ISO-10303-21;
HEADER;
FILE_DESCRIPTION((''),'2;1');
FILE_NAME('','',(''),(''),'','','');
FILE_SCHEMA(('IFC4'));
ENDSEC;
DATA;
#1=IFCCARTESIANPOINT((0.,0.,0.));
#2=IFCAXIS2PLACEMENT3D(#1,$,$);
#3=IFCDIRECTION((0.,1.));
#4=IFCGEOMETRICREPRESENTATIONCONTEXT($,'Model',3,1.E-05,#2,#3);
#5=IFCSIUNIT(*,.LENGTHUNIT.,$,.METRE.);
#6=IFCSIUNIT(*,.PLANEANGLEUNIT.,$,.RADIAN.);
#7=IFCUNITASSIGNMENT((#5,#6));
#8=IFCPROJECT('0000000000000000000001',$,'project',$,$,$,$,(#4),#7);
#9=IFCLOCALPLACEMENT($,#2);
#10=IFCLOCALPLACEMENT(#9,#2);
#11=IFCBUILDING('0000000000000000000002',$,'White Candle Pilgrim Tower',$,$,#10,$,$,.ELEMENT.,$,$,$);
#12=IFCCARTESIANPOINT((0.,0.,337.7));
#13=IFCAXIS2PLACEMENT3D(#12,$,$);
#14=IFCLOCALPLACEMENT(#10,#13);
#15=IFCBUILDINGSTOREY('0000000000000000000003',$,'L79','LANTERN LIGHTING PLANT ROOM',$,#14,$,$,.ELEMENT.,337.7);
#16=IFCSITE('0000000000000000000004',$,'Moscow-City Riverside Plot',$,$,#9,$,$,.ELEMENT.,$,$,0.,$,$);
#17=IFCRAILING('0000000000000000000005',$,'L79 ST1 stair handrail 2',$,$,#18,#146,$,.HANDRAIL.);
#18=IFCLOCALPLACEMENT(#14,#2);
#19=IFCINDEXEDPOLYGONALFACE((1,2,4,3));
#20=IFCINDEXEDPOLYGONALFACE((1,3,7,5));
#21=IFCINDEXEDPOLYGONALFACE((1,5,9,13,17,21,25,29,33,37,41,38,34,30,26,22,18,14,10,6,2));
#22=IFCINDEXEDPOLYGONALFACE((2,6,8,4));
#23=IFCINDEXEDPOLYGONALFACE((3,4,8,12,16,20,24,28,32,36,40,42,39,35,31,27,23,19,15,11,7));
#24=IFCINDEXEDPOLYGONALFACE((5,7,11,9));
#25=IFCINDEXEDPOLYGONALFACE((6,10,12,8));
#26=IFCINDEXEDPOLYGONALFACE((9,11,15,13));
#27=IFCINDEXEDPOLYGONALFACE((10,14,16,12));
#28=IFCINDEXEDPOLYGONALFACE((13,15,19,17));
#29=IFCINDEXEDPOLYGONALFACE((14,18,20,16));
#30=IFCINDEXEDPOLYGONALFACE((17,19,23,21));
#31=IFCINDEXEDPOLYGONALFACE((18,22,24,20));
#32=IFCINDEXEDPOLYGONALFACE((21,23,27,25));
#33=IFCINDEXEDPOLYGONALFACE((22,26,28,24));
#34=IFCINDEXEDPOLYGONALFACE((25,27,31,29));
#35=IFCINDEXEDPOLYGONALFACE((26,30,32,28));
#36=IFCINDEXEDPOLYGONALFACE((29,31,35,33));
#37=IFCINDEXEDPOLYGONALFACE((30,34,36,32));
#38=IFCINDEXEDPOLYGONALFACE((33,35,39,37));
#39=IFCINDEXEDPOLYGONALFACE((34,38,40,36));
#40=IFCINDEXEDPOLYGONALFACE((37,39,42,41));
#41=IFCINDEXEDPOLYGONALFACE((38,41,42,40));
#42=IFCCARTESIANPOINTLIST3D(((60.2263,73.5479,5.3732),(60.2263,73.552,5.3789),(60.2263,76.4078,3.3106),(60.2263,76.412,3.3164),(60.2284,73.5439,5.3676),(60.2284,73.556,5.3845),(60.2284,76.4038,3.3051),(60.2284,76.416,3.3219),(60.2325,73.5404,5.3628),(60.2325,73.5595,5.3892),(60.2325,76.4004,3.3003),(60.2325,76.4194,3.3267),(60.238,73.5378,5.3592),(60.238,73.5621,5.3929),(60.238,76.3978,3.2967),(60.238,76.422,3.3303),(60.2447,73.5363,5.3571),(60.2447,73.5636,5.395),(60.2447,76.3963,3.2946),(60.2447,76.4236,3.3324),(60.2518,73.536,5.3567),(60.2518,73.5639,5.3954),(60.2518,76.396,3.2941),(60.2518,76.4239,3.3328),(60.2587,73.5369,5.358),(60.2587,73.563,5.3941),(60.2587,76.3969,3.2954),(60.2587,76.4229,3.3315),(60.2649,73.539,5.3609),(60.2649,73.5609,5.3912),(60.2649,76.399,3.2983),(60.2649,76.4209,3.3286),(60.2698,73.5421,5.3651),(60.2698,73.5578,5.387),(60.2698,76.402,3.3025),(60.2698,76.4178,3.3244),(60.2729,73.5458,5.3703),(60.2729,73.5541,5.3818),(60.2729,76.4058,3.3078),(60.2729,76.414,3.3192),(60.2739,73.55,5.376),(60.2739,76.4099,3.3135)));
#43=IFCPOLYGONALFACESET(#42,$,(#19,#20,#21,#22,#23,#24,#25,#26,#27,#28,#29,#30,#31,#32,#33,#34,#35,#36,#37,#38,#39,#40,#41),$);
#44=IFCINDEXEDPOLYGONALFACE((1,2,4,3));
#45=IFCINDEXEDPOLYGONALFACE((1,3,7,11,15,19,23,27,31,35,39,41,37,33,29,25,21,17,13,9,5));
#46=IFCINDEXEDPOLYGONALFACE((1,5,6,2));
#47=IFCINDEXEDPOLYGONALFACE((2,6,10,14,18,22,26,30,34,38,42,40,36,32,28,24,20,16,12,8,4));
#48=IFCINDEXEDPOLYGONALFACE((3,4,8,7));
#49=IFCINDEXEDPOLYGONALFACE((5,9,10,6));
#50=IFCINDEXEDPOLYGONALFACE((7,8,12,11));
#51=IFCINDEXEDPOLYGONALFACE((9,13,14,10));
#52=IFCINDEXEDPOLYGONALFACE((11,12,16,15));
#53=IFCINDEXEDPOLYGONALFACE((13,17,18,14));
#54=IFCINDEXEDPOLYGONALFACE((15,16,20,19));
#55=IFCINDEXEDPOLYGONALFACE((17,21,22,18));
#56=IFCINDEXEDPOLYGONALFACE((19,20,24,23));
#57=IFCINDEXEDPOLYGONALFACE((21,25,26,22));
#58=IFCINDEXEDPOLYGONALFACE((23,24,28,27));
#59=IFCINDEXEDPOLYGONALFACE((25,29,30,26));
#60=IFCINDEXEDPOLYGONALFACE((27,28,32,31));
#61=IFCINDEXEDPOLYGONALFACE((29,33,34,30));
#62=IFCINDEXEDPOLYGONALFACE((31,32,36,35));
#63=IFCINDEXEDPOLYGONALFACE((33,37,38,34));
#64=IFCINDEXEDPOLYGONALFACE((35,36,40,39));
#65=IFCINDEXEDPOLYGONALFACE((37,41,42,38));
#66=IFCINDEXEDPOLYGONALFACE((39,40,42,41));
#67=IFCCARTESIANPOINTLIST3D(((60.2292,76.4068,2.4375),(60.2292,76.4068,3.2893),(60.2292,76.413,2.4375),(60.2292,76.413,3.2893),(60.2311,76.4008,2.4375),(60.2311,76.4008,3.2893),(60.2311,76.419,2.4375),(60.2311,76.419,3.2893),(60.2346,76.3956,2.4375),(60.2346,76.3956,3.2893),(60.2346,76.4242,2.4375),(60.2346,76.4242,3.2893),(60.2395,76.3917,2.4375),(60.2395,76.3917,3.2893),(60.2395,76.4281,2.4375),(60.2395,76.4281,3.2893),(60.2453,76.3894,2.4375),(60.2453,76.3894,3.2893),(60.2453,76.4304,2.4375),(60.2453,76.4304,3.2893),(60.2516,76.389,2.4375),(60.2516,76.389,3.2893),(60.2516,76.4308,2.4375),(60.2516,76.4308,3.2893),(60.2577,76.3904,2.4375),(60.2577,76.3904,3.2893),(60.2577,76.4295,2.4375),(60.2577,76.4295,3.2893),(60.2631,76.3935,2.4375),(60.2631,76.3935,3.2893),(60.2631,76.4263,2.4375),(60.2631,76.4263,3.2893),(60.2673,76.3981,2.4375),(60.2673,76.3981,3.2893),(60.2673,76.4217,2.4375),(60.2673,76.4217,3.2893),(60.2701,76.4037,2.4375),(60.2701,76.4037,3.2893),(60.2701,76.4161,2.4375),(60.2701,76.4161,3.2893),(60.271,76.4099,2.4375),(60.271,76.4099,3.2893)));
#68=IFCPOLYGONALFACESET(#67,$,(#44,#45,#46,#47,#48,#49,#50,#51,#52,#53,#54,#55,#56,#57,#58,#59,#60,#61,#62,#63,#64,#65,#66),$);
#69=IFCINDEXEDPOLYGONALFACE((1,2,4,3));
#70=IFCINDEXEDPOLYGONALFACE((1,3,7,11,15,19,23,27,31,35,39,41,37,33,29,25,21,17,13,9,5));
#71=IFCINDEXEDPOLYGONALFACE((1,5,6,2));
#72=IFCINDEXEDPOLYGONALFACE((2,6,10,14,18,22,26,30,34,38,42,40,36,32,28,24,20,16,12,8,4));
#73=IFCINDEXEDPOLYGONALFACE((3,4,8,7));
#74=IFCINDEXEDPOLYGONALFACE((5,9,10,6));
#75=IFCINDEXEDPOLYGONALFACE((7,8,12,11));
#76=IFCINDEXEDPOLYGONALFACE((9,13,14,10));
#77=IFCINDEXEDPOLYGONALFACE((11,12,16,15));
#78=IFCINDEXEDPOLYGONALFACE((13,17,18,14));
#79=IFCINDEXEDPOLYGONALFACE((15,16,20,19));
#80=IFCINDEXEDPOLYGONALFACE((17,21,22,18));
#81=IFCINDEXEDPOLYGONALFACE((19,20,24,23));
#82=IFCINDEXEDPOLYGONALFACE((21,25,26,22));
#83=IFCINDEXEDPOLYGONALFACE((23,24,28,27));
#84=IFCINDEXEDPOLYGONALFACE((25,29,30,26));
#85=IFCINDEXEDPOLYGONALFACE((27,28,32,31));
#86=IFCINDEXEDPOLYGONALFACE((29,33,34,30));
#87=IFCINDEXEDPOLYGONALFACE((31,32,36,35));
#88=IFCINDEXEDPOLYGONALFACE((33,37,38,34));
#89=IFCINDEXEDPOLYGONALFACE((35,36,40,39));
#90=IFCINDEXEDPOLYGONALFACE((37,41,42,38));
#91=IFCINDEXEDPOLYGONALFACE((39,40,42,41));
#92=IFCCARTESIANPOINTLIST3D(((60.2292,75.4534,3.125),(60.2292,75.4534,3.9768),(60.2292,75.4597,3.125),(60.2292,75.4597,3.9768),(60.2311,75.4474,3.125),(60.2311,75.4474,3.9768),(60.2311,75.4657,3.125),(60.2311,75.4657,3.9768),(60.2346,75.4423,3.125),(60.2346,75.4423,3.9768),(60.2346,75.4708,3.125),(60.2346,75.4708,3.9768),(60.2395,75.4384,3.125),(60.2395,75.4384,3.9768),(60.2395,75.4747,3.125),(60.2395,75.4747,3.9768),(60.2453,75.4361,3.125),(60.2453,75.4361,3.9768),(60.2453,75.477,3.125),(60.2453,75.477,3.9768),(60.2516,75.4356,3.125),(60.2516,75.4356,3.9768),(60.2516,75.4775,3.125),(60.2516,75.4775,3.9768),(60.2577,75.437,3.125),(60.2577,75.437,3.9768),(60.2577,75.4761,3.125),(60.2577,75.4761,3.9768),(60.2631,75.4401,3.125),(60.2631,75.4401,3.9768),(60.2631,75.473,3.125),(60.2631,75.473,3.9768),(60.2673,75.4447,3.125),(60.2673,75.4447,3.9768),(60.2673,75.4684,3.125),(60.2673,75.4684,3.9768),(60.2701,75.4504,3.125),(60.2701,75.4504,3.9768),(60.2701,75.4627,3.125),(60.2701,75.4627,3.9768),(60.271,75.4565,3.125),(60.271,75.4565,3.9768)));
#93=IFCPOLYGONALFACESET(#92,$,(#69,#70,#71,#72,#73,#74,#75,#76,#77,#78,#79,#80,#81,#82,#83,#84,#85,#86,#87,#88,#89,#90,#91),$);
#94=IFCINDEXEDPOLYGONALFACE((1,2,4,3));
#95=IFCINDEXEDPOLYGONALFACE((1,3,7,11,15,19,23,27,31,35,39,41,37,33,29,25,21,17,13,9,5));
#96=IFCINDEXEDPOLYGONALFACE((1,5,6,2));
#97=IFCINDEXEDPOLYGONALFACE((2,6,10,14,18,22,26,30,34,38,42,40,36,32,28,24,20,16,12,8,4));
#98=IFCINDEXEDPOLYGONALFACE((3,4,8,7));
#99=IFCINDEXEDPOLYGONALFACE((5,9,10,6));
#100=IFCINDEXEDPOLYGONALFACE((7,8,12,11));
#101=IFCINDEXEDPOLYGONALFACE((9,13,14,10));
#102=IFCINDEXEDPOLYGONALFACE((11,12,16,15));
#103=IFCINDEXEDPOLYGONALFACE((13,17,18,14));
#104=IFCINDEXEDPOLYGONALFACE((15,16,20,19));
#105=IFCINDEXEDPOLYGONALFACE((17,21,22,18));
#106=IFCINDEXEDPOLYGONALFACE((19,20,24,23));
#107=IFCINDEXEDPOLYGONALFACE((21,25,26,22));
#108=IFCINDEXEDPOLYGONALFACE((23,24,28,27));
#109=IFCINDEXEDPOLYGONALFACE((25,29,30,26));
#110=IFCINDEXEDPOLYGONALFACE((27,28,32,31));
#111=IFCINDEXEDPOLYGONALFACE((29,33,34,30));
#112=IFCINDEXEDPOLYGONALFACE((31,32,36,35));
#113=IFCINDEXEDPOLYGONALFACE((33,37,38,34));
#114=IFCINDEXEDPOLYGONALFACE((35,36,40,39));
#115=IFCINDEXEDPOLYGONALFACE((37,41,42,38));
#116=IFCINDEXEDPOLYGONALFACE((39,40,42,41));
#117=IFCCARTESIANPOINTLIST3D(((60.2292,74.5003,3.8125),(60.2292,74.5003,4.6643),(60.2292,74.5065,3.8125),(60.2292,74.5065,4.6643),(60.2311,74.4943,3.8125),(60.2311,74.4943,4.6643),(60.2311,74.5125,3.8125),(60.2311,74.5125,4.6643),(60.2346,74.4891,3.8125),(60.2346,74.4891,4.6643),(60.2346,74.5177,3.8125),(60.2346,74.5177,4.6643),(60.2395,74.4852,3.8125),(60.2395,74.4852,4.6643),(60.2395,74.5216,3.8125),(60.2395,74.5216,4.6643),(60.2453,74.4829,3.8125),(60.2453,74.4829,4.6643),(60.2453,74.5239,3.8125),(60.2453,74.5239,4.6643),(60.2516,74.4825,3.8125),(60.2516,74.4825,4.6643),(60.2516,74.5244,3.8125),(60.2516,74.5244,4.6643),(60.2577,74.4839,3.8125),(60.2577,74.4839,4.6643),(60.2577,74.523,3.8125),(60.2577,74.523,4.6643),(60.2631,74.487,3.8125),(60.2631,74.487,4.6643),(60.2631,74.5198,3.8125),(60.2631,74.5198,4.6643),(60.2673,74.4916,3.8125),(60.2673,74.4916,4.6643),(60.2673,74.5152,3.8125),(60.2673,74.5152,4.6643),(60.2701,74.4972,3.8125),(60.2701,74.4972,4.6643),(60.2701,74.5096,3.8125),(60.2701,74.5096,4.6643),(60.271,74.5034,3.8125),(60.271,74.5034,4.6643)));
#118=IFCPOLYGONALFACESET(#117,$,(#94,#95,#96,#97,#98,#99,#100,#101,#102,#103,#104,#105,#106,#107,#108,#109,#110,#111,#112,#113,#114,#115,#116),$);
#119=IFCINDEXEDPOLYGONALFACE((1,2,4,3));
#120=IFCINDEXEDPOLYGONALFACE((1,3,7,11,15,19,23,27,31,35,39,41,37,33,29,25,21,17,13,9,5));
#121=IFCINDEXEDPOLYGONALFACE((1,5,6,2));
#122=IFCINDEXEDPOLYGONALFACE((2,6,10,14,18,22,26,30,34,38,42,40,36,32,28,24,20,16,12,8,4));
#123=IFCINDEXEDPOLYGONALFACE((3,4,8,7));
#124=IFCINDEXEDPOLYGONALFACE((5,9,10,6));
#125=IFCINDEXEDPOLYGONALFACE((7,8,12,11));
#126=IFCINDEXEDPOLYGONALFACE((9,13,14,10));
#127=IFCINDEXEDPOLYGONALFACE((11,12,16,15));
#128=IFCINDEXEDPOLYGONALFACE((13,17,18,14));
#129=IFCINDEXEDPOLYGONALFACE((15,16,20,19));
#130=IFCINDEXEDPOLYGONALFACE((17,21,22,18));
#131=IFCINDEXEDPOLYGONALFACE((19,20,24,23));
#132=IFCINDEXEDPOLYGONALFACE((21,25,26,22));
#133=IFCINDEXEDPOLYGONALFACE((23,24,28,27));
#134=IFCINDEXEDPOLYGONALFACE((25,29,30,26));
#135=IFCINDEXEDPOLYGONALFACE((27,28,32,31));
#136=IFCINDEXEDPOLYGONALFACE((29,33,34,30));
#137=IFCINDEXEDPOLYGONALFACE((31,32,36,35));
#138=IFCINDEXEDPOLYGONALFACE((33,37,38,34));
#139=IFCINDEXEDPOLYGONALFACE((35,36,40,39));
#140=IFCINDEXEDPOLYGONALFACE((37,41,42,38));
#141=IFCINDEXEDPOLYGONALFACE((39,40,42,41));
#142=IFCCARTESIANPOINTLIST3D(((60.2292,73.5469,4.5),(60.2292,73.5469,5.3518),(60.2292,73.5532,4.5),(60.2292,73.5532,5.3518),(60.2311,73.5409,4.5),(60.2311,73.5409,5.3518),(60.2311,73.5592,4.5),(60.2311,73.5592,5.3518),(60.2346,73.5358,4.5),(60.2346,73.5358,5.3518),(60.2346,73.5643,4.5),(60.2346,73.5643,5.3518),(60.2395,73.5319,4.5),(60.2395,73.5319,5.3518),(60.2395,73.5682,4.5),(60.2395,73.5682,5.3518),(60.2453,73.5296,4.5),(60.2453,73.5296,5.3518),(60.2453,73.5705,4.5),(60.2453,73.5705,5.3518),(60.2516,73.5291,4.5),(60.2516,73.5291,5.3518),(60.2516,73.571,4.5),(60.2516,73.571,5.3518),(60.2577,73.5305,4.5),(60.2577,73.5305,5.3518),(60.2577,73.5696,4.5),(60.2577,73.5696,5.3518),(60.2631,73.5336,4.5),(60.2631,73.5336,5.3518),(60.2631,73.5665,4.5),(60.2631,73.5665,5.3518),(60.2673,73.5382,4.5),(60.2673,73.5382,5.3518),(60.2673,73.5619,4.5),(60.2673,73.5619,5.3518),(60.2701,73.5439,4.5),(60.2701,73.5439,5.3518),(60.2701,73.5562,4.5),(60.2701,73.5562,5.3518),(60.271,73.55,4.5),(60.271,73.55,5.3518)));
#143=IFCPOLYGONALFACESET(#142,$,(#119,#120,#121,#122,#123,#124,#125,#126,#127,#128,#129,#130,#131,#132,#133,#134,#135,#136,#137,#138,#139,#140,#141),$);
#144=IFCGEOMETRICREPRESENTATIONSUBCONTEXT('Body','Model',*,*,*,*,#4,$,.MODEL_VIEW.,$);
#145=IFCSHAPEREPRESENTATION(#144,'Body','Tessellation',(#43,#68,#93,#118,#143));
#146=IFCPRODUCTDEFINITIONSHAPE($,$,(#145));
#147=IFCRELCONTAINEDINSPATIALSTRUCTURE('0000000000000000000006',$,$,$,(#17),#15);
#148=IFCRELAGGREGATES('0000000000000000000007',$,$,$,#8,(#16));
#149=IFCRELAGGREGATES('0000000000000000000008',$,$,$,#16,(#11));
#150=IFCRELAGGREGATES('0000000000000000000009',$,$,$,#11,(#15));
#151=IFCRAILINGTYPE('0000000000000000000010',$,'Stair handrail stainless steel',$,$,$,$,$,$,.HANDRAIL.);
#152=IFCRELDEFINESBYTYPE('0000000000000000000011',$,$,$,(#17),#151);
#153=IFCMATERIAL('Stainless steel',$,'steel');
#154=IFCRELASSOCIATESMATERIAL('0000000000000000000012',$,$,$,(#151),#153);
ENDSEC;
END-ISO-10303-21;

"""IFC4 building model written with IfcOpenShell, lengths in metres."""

from ifc_helpers import new_model, si_unit, direction, frame, origin, origin_2d, place, context, subcontext, project, spatial, circle, extrude, material, type_object, element, save


model = new_model("IFC4")

# Units and contexts
model_context = context("Model", 3, precision=1e-05, world=origin(), true_north=direction((0.0, 1.0)))
body_context = subcontext(model_context, "Body", "Model", "MODEL_VIEW")
ifc_project = project(units=[si_unit("LENGTHUNIT", "METRE"), si_unit("PLANEANGLEUNIT", "RADIAN")], contexts=[model_context])

# Site, building, storey
site_placement = place(None, origin())
site = spatial("IfcSite", under=ifc_project, at=site_placement, Name="Moscow-City Riverside Plot", CompositionType="ELEMENT", RefElevation=0.0)
building_placement = place(site_placement, origin())
building = spatial("IfcBuilding", under=site, at=building_placement, Name="White Candle Pilgrim Tower", CompositionType="ELEMENT")
storey_placement = place(building_placement, frame((0.0, 0.0, 337.7)))
storey = spatial("IfcBuildingStorey", under=building, at=storey_placement, Name="L79", Description="LANTERN LIGHTING PLANT ROOM", CompositionType="ELEMENT", Elevation=337.7)

# Railing
ifc_material_1 = material(Name="Stainless steel", Category="steel")
railing_type_1 = type_object("IfcRailingType", Name="Stair handrail stainless steel", PredefinedType="HANDRAIL", material=ifc_material_1)
railing_1_placement = place(storey_placement, frame((60.25, 76.4099, 2.4375)))
element("IfcRailing", 1, at=railing_1_placement, inside=storey, type_object=railing_type_1, Name="L79 ST1 stair handrail 2", PredefinedType="HANDRAIL", context=body_context, shape_type="SweptSolid", body=[
    extrude(circle(Radius=0.0239, at=origin_2d()), frame((0.0, 0.0, 0.876), z_axis=(0.0, -0.811077, 0.584939), x_axis=(1.0, 0.0, 0.0)), (0.0, 0.0, 1.0), 3.5261),
    extrude(circle(Radius=0.021, at=origin_2d()), origin(), (0.0, 0.0, 1.0), 0.8518),
    extrude(circle(Radius=0.021, at=origin_2d()), frame((0.0, -0.9534, 0.6875)), (0.0, 0.0, 1.0), 0.8518),
    extrude(circle(Radius=0.021, at=origin_2d()), frame((0.0, -1.9065, 1.375)), (0.0, 0.0, 1.0), 0.8518),
    extrude(circle(Radius=0.021, at=origin_2d()), frame((0.0, -2.8599, 2.0625)), (0.0, 0.0, 1.0), 0.8518),
])

save(model, "model.ifc")
